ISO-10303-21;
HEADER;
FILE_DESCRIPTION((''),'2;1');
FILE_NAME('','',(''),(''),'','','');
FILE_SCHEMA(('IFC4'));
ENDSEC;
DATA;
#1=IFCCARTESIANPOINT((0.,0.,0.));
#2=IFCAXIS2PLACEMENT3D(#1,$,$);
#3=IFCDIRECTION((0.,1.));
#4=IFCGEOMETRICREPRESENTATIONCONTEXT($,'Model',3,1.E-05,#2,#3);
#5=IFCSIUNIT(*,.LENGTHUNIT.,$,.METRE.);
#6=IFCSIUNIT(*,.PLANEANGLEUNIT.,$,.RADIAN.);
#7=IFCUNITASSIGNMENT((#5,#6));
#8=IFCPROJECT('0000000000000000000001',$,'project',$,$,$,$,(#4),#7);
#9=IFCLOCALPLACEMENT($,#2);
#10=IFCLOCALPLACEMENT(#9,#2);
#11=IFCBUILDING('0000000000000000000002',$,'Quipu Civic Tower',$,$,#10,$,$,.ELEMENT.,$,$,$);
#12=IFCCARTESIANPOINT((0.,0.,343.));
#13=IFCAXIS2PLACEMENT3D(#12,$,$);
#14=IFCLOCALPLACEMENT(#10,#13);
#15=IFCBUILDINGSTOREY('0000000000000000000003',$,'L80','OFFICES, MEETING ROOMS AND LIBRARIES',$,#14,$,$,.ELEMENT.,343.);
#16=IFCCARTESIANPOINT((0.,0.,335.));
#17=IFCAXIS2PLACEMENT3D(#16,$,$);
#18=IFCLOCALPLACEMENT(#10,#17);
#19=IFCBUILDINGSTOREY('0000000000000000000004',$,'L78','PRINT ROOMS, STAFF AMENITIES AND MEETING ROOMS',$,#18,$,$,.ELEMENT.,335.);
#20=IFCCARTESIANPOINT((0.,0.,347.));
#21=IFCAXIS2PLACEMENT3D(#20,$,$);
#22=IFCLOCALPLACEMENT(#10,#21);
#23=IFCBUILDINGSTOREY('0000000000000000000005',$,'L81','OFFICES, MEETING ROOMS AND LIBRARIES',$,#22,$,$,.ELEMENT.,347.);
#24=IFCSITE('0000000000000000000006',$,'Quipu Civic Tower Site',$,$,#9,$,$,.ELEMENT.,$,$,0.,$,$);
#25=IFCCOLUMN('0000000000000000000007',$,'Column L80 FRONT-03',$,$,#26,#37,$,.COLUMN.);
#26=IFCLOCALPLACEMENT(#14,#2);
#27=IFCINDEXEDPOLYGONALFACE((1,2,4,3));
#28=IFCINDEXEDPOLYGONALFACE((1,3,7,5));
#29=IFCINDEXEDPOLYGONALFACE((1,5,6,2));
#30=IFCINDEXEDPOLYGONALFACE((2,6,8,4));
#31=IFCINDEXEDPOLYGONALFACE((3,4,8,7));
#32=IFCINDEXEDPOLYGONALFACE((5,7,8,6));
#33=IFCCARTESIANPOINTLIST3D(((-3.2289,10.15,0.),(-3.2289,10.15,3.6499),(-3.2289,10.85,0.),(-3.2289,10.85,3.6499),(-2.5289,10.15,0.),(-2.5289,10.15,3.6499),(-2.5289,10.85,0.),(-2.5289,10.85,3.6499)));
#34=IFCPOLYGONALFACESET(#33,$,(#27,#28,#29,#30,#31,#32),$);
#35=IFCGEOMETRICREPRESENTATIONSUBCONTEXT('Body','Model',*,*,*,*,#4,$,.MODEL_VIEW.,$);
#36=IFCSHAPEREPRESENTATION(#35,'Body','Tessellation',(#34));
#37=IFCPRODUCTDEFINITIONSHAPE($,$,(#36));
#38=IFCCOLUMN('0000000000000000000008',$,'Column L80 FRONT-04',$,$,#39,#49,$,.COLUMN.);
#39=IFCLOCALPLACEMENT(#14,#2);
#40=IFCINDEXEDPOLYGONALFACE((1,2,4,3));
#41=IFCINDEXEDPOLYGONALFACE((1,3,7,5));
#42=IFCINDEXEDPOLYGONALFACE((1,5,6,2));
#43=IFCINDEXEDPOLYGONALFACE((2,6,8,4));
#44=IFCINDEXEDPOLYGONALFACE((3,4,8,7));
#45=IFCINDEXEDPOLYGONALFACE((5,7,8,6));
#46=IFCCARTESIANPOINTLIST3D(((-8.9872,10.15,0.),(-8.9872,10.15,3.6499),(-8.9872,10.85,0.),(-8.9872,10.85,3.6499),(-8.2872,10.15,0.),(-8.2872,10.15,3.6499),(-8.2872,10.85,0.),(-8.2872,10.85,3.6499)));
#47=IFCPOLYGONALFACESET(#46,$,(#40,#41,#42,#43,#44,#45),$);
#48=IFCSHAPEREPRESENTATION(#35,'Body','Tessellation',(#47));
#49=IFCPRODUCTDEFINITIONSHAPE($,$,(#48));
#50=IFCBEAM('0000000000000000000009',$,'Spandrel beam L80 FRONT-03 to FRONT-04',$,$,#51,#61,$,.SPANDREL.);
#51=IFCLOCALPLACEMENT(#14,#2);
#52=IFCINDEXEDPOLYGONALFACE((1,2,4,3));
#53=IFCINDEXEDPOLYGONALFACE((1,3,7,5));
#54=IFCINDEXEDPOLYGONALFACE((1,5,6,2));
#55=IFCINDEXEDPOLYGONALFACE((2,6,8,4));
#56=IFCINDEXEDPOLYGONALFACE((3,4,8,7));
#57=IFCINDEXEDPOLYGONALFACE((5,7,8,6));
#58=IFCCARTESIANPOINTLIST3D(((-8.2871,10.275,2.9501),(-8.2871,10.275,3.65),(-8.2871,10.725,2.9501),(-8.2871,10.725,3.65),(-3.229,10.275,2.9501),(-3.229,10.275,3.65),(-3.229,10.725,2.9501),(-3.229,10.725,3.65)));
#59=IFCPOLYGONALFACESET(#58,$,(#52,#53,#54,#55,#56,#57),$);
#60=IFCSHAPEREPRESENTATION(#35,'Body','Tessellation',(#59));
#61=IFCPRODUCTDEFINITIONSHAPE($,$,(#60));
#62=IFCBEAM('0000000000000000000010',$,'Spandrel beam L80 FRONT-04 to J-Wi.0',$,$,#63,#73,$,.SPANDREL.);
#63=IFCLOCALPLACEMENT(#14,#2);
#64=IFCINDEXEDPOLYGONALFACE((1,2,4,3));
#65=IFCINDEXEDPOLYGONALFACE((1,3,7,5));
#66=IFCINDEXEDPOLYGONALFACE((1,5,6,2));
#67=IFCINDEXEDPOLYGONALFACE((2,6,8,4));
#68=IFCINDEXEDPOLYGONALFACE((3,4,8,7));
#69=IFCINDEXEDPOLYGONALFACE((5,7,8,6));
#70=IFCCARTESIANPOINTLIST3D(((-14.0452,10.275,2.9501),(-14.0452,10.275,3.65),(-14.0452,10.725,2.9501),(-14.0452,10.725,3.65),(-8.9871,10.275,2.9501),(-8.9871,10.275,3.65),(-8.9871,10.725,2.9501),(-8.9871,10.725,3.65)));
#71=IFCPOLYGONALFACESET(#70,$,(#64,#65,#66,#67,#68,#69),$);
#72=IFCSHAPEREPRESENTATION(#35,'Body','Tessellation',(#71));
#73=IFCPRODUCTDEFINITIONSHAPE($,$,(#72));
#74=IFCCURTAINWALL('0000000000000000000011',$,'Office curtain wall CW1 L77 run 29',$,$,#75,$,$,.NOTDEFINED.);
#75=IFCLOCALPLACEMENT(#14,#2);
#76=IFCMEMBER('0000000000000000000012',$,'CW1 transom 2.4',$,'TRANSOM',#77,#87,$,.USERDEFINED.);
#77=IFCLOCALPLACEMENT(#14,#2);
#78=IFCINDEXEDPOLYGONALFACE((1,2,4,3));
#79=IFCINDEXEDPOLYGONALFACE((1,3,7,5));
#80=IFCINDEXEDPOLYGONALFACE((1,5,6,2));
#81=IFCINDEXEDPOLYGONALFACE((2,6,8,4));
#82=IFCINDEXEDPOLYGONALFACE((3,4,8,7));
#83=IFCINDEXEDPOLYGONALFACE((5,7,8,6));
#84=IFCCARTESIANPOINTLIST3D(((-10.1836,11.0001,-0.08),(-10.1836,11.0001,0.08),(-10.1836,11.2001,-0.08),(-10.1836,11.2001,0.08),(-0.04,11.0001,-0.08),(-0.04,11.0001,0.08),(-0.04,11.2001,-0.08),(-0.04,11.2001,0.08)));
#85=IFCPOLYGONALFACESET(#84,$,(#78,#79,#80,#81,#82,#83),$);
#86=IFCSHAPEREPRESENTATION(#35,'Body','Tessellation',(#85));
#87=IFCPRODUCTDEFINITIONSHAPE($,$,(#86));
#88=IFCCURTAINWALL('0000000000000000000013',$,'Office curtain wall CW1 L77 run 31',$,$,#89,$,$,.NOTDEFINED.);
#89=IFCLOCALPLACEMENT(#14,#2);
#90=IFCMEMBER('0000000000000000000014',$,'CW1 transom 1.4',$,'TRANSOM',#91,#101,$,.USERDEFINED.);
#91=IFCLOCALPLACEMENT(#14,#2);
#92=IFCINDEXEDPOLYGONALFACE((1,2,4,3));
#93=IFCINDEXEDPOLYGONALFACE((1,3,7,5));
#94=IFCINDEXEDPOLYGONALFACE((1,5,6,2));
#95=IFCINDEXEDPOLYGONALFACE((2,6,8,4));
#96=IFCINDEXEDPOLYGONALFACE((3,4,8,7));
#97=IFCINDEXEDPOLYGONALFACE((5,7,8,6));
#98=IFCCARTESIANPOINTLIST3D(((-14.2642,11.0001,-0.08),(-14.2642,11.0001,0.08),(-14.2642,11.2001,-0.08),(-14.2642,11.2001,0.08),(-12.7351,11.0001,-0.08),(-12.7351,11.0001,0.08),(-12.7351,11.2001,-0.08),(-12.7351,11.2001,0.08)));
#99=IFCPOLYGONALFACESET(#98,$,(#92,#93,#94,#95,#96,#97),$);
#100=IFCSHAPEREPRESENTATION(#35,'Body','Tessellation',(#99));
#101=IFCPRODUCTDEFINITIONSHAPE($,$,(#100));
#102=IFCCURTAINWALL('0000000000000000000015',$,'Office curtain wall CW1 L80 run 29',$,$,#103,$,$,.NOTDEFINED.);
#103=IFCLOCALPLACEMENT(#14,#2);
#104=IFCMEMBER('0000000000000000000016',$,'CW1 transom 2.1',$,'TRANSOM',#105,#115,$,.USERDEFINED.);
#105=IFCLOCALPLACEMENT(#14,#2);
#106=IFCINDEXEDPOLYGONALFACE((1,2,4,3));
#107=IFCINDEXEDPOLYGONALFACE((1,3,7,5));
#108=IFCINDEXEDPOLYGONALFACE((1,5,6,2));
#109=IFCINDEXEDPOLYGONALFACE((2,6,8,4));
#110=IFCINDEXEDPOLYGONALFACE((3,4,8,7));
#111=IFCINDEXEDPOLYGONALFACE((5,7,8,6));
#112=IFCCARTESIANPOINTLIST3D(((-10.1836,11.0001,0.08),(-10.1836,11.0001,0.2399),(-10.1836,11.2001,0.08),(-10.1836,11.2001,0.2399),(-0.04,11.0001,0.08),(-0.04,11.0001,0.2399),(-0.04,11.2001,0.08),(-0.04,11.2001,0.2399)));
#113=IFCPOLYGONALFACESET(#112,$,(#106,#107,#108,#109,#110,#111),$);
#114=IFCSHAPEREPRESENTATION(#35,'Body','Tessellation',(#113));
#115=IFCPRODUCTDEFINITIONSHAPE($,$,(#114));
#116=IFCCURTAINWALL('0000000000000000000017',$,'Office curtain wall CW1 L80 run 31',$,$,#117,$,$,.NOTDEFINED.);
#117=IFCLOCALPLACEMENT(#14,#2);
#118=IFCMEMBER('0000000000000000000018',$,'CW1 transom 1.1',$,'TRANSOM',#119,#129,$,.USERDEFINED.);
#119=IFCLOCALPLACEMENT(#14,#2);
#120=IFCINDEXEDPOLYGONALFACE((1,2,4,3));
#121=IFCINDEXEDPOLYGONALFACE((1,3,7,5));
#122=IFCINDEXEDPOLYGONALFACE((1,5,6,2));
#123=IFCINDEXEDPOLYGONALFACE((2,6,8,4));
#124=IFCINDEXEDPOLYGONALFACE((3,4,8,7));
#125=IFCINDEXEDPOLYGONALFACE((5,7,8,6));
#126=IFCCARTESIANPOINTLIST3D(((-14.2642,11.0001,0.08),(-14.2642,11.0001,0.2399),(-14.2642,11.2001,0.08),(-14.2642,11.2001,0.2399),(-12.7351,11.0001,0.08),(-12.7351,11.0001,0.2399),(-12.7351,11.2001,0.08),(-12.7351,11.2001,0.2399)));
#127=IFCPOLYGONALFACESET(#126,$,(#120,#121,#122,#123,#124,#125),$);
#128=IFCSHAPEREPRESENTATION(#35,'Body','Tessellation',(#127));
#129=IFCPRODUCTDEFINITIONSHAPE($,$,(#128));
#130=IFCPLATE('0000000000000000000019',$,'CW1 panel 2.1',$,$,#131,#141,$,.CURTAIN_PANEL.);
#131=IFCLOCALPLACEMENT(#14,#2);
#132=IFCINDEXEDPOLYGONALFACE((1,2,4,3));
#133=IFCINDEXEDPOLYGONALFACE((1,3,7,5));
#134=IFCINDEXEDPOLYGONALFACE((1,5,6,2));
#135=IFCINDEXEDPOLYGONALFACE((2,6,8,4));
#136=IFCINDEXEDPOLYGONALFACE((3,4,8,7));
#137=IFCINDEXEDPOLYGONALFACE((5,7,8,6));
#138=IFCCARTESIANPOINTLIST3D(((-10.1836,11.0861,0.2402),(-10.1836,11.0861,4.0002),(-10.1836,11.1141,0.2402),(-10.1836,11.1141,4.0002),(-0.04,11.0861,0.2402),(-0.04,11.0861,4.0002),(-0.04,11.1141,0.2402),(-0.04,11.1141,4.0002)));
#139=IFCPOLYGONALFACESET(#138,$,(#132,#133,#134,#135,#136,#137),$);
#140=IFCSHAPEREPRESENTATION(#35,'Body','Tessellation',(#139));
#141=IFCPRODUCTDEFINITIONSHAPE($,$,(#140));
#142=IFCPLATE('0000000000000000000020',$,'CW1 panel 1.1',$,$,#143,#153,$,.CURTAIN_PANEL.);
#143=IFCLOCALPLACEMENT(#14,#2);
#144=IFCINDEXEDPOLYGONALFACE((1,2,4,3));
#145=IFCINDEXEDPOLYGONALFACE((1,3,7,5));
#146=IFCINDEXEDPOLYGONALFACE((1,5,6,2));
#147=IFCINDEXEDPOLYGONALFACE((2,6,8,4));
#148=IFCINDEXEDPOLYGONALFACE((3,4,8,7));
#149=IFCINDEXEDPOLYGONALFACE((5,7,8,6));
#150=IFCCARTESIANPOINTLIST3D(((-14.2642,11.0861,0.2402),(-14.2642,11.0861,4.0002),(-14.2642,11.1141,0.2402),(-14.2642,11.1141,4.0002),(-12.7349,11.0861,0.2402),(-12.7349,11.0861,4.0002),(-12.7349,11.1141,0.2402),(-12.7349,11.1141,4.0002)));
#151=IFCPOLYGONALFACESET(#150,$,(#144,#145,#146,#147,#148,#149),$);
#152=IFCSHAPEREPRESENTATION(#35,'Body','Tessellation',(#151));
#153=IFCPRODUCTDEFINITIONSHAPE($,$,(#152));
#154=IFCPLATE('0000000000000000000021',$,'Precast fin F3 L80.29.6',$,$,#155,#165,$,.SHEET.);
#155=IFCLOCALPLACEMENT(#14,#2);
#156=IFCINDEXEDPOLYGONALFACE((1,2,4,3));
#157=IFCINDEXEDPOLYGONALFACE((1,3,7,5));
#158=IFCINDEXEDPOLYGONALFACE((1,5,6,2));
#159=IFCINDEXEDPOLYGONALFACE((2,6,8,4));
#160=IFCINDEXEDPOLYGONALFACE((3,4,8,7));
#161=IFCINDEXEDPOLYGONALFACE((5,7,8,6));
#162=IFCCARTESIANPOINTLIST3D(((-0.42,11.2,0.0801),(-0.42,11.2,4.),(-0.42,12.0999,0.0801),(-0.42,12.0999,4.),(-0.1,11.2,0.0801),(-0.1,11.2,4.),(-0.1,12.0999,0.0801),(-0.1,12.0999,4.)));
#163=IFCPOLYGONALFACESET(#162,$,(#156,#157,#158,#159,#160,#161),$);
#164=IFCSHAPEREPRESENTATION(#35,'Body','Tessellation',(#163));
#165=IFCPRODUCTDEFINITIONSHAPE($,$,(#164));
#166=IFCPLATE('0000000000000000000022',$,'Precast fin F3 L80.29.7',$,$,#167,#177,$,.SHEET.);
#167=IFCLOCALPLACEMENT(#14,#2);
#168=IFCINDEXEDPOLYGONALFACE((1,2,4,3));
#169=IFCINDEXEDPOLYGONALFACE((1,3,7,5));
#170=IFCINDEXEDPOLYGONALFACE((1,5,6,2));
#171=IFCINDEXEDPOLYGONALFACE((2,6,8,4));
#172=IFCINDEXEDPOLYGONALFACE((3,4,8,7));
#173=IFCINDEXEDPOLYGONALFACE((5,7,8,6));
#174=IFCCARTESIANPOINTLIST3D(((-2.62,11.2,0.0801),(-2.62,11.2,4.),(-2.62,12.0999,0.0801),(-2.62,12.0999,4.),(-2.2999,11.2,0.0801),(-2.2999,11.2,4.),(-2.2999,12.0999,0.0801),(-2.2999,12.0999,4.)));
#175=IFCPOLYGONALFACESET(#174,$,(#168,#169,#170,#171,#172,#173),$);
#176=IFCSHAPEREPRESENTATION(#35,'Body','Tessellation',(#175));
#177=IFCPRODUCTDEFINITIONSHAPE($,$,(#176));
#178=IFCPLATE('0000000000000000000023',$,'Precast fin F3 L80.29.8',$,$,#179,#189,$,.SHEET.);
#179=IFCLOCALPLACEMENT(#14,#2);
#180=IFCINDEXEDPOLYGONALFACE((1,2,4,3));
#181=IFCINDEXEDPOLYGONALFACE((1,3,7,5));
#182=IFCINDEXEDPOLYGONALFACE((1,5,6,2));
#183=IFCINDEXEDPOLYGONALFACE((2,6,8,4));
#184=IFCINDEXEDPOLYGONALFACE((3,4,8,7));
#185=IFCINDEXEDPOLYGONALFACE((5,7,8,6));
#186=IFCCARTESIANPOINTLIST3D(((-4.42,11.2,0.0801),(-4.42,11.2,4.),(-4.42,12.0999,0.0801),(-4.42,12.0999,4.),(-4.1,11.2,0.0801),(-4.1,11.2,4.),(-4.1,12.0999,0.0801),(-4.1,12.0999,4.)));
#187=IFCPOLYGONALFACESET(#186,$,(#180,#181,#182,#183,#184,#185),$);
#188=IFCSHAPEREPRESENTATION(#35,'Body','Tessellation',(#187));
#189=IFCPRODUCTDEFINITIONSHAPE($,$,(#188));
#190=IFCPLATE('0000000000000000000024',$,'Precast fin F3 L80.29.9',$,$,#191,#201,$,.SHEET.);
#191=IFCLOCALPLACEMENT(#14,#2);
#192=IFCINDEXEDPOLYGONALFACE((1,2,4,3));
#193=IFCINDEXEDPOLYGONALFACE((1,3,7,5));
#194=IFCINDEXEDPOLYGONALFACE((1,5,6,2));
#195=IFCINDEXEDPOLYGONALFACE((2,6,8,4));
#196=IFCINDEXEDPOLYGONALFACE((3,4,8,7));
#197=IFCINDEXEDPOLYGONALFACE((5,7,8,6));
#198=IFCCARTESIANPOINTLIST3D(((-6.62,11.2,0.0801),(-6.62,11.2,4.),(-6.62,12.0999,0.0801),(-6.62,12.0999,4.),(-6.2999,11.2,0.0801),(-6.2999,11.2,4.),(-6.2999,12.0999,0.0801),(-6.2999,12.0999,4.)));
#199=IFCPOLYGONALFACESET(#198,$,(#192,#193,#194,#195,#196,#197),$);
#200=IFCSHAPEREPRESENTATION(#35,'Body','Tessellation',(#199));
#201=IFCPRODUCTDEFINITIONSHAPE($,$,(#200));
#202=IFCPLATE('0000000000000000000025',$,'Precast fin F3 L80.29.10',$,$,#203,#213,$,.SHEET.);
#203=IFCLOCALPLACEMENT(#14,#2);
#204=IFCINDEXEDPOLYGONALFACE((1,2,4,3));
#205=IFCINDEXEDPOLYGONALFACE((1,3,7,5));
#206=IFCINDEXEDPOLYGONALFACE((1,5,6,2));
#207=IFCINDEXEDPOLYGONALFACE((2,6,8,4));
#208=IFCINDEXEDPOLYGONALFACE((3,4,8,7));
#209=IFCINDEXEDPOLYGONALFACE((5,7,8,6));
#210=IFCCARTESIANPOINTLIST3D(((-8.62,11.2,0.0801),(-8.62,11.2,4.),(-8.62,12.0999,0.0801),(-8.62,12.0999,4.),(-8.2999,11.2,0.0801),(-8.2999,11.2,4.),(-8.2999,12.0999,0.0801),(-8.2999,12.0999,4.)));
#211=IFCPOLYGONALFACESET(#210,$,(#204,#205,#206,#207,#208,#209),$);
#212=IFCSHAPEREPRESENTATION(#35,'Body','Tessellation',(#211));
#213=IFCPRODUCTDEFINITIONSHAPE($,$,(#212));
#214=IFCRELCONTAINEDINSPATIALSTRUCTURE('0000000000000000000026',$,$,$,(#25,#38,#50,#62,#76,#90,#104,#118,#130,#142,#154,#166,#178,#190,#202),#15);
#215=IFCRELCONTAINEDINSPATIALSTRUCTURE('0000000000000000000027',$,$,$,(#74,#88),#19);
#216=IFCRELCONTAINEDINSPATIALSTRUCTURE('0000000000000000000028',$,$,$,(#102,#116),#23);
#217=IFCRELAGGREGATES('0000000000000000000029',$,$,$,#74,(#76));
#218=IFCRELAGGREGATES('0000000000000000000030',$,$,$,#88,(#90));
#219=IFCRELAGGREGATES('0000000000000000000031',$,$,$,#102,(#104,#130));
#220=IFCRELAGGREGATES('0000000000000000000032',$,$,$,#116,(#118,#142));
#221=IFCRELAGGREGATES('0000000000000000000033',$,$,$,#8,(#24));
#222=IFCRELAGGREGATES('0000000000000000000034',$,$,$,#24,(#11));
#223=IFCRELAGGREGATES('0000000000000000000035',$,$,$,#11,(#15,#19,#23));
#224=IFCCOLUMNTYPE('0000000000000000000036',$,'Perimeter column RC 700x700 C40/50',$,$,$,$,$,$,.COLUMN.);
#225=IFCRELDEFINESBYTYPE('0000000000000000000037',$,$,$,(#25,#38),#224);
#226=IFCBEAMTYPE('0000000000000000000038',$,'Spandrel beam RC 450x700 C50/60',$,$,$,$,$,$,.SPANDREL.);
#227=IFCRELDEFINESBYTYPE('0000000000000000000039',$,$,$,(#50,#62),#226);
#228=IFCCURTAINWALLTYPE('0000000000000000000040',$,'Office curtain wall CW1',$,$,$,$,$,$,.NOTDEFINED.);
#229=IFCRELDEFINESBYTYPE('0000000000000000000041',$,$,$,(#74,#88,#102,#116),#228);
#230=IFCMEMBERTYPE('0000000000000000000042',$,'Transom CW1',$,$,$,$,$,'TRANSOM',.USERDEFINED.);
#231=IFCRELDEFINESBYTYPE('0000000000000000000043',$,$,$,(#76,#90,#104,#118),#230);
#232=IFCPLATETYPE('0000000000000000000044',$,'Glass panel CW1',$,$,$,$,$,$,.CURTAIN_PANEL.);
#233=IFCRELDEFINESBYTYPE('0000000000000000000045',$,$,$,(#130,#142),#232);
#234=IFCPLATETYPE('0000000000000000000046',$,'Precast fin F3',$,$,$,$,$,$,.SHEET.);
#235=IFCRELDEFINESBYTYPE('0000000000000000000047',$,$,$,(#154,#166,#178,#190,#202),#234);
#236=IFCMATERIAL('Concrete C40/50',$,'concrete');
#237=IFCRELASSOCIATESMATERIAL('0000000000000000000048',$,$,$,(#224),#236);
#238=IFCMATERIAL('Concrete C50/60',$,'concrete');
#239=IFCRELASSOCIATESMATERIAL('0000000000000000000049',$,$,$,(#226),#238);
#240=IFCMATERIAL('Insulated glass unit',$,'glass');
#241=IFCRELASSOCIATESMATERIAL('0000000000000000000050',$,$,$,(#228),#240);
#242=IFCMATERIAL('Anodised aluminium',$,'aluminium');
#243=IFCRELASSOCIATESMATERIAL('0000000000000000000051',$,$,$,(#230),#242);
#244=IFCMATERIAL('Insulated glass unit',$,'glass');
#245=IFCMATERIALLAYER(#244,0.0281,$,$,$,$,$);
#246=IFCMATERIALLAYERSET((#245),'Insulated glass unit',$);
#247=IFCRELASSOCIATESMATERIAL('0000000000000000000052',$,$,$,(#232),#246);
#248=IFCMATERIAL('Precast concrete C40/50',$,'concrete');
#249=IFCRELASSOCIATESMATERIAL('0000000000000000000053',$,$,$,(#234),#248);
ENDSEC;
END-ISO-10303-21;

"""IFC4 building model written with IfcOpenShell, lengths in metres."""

from ifc_helpers import new_model, si_unit, direction, frame, origin, origin_2d, place, context, subcontext, project, spatial, rectangle, extrude, material, layer, layer_set, material_profile, profile_set, type_object, element, aggregate, save


model = new_model("IFC4")

# Units and contexts
model_context = context("Model", 3, precision=1e-05, world=origin(), true_north=direction((0.0, 1.0)))
body_context = subcontext(model_context, "Body", "Model", "MODEL_VIEW")
ifc_project = project(units=[si_unit("LENGTHUNIT", "METRE"), si_unit("PLANEANGLEUNIT", "RADIAN")], contexts=[model_context])

# Site, building, storey
site_placement = place(None, origin())
site = spatial("IfcSite", under=ifc_project, at=site_placement, Name="Quipu Civic Tower Site", CompositionType="ELEMENT", RefElevation=0.0)
building_placement = place(site_placement, origin())
building = spatial("IfcBuilding", under=site, at=building_placement, Name="Quipu Civic Tower", CompositionType="ELEMENT")
storey_1_placement = place(building_placement, frame((0.0, 0.0, 343.0)))
storey_1 = spatial("IfcBuildingStorey", under=building, at=storey_1_placement, Name="L80", Description="OFFICES, MEETING ROOMS AND LIBRARIES", CompositionType="ELEMENT", Elevation=343.0)

# Columns
ifc_material_1 = material(Name="Concrete C40/50", Category="concrete")
ifc_material_profile_1 = material_profile(ifc_material_1, rectangle(XDim=0.7, YDim=0.7, at=origin_2d()), Name="RC700x700")
ifc_profile_set_1 = profile_set([ifc_material_profile_1], Name="Concrete C40/50")
column_type = type_object("IfcColumnType", Name="Perimeter column RC 700x700 C40/50", PredefinedType="COLUMN", material=ifc_profile_set_1)
for number, where, z_axis, x_axis, name in (
    (1, (-2.8789, 10.5, 0.0), (0.0, 0.0, 1.0), (-1.0, 0.0, 0.0), "Column L80 FRONT-03"),
    (2, (-8.6372, 10.5, 0.0), (0.0, 0.0, 1.0), (-1.0, 0.0, 0.0), "Column L80 FRONT-04"),
):
    element("IfcColumn", number, at=place(storey_1_placement, frame(where, z_axis=z_axis, x_axis=x_axis)), inside=storey_1, type_object=column_type, Name=name, PredefinedType="COLUMN", context=body_context, shape_type="SweptSolid", body=[
        extrude(rectangle(XDim=0.7, YDim=0.7, at=origin_2d()), origin(), (0.0, 0.0, 1.0), 3.6499),
    ])

# Beams
ifc_material_2 = material(Name="Concrete C50/60", Category="concrete")
ifc_material_profile_2 = material_profile(ifc_material_2, rectangle(XDim=0.45, YDim=0.7, at=origin_2d()), Name="RC450x700")
ifc_profile_set_2 = profile_set([ifc_material_profile_2], Name="Concrete C50/60")
beam_type = type_object("IfcBeamType", Name="Spandrel beam RC 450x700 C50/60", PredefinedType="SPANDREL", material=ifc_profile_set_2)
for number, where, z_axis, x_axis, name in (
    (3, (-3.229, 10.5, 3.3), (-1.0, 0.0, 0.0), (0.0, -1.0, 0.0), "Spandrel beam L80 FRONT-03 to FRONT-04"),
    (4, (-8.9871, 10.5, 3.3), (-1.0, 0.0, 0.0), (0.0, -1.0, 0.0), "Spandrel beam L80 FRONT-04 to J-Wi.0"),
):
    element("IfcBeam", number, at=place(storey_1_placement, frame(where, z_axis=z_axis, x_axis=x_axis)), inside=storey_1, type_object=beam_type, Name=name, PredefinedType="SPANDREL", context=body_context, shape_type="SweptSolid", body=[
        extrude(rectangle(XDim=0.45, YDim=0.7, at=origin_2d()), origin(), (0.0, 0.0, 1.0), 5.0581),
    ])

# Shared definitions
storey_2_placement = place(building_placement, frame((0.0, 0.0, 335.0)))
storey_2 = spatial("IfcBuildingStorey", under=building, at=storey_2_placement, Name="L78", Description="PRINT ROOMS, STAFF AMENITIES AND MEETING ROOMS", CompositionType="ELEMENT", Elevation=335.0)

# Curtain walls, members
ifc_material_3 = material(Name="Insulated glass unit", Category="glass")
curtain_wall_type = type_object("IfcCurtainWallType", Name="Office curtain wall CW1", PredefinedType="NOTDEFINED", material=ifc_material_3)
curtain_wall_1_placement = place(storey_2_placement, origin())
curtain_wall_1 = element("IfcCurtainWall", 5, at=curtain_wall_1_placement, inside=storey_2, type_object=curtain_wall_type, Name="Office curtain wall CW1 L77 run 29", PredefinedType="NOTDEFINED")
ifc_material_4 = material(Name="Anodised aluminium", Category="aluminium")
ifc_material_profile_3 = material_profile(ifc_material_4, rectangle(XDim=0.2, YDim=0.1599, at=origin_2d()), Name="RECT 200x160")
ifc_profile_set_3 = profile_set([ifc_material_profile_3], Name="Anodised aluminium")
member_type = type_object("IfcMemberType", Name="Transom CW1", ElementType="TRANSOM", PredefinedType="USERDEFINED", material=ifc_profile_set_3)
member_1_placement = place(storey_1_placement, frame((-0.04, 11.1001, 0.0), z_axis=(-1.0, 0.0, 0.0), x_axis=(0.0, -1.0, 0.0)))
member_1 = element("IfcMember", 6, at=member_1_placement, inside=storey_1, type_object=member_type, Name="CW1 transom 2.4", ObjectType="TRANSOM", PredefinedType="USERDEFINED", context=body_context, shape_type="SweptSolid", body=[
    extrude(rectangle(XDim=0.2, YDim=0.1599, at=origin_2d()), origin(), (0.0, 0.0, 1.0), 10.1436),
])
aggregate(curtain_wall_1, [member_1])
curtain_wall_2_placement = place(storey_2_placement, origin())
curtain_wall_2 = element("IfcCurtainWall", 7, at=curtain_wall_2_placement, inside=storey_2, type_object=curtain_wall_type, Name="Office curtain wall CW1 L77 run 31", PredefinedType="NOTDEFINED")
member_2_placement = place(storey_1_placement, frame((-12.7351, 11.1001, 0.0), z_axis=(-1.0, 0.0, 0.0), x_axis=(0.0, -1.0, 0.0)))
member_2 = element("IfcMember", 8, at=member_2_placement, inside=storey_1, type_object=member_type, Name="CW1 transom 1.4", ObjectType="TRANSOM", PredefinedType="USERDEFINED", context=body_context, shape_type="SweptSolid", body=[
    extrude(rectangle(XDim=0.2, YDim=0.1599, at=origin_2d()), origin(), (0.0, 0.0, 1.0), 1.5291),
])
aggregate(curtain_wall_2, [member_2])

# Shared definitions
storey_3_placement = place(building_placement, frame((0.0, 0.0, 347.0)))
storey_3 = spatial("IfcBuildingStorey", under=building, at=storey_3_placement, Name="L81", Description="OFFICES, MEETING ROOMS AND LIBRARIES", CompositionType="ELEMENT", Elevation=347.0)

# Curtain walls, members
curtain_wall_3_placement = place(storey_3_placement, origin())
curtain_wall_3 = element("IfcCurtainWall", 9, at=curtain_wall_3_placement, inside=storey_3, type_object=curtain_wall_type, Name="Office curtain wall CW1 L80 run 29", PredefinedType="NOTDEFINED")
member_3_placement = place(storey_1_placement, frame((-0.04, 11.1001, 0.1599), z_axis=(-1.0, 0.0, 0.0), x_axis=(0.0, -1.0, 0.0)))
member_3 = element("IfcMember", 10, at=member_3_placement, inside=storey_1, type_object=member_type, Name="CW1 transom 2.1", ObjectType="TRANSOM", PredefinedType="USERDEFINED", context=body_context, shape_type="SweptSolid", body=[
    extrude(rectangle(XDim=0.2, YDim=0.1599, at=origin_2d()), origin(), (0.0, 0.0, 1.0), 10.1436),
])
curtain_wall_4_placement = place(storey_3_placement, origin())
curtain_wall_4 = element("IfcCurtainWall", 11, at=curtain_wall_4_placement, inside=storey_3, type_object=curtain_wall_type, Name="Office curtain wall CW1 L80 run 31", PredefinedType="NOTDEFINED")
member_4_placement = place(storey_1_placement, frame((-12.7351, 11.1001, 0.1599), z_axis=(-1.0, 0.0, 0.0), x_axis=(0.0, -1.0, 0.0)))
member_4 = element("IfcMember", 12, at=member_4_placement, inside=storey_1, type_object=member_type, Name="CW1 transom 1.1", ObjectType="TRANSOM", PredefinedType="USERDEFINED", context=body_context, shape_type="SweptSolid", body=[
    extrude(rectangle(XDim=0.2, YDim=0.1599, at=origin_2d()), origin(), (0.0, 0.0, 1.0), 1.5291),
])

# Plates
ifc_material_5 = material(Name="Insulated glass unit", Category="glass")
ifc_layer_1 = layer(ifc_material_5, 0.0281)
ifc_layer_set_1 = layer_set([ifc_layer_1], Name="Insulated glass unit")
plate_type_1 = type_object("IfcPlateType", Name="Glass panel CW1", PredefinedType="CURTAIN_PANEL", material=ifc_layer_set_1)
plate_1_placement = place(storey_1_placement, frame((-5.1118, 11.1001, 0.2402), z_axis=(0.0, 0.0, 1.0), x_axis=(-1.0, 0.0, 0.0)))
plate_1 = element("IfcPlate", 13, at=plate_1_placement, inside=storey_1, type_object=plate_type_1, Name="CW1 panel 2.1", PredefinedType="CURTAIN_PANEL", context=body_context, shape_type="SweptSolid", body=[
    extrude(rectangle(XDim=10.1436, YDim=0.0281, at=origin_2d()), origin(), (0.0, 0.0, 1.0), 3.76),
])
aggregate(curtain_wall_3, [member_3, plate_1])
plate_2_placement = place(storey_1_placement, frame((-13.4995, 11.1001, 0.2402), z_axis=(0.0, 0.0, 1.0), x_axis=(-1.0, 0.0, 0.0)))
plate_2 = element("IfcPlate", 14, at=plate_2_placement, inside=storey_1, type_object=plate_type_1, Name="CW1 panel 1.1", PredefinedType="CURTAIN_PANEL", context=body_context, shape_type="SweptSolid", body=[
    extrude(rectangle(XDim=1.5293, YDim=0.0281, at=origin_2d()), origin(), (0.0, 0.0, 1.0), 3.76),
])
aggregate(curtain_wall_4, [member_4, plate_2])

# Plates
ifc_material_6 = material(Name="Precast concrete C40/50", Category="concrete")
plate_type_2 = type_object("IfcPlateType", Name="Precast fin F3", PredefinedType="SHEET", material=ifc_material_6)
for number, where, z_axis, x_axis, name in (
    (15, (-0.26, 11.6499, 0.0801), (0.0, 0.0, 1.0), (-1.0, 0.0, 0.0), "Precast fin F3 L80.29.6"),
    (16, (-2.46, 11.6499, 0.0801), (0.0, 0.0, 1.0), (-1.0, 0.0, 0.0), "Precast fin F3 L80.29.7"),
    (17, (-4.26, 11.6499, 0.0801), (0.0, 0.0, 1.0), (-1.0, 0.0, 0.0), "Precast fin F3 L80.29.8"),
    (18, (-6.46, 11.6499, 0.0801), (0.0, 0.0, 1.0), (-1.0, 0.0, 0.0), "Precast fin F3 L80.29.9"),
    (19, (-8.46, 11.6499, 0.0801), (0.0, 0.0, 1.0), (-1.0, 0.0, 0.0), "Precast fin F3 L80.29.10"),
):
    element("IfcPlate", number, at=place(storey_1_placement, frame(where, z_axis=z_axis, x_axis=x_axis)), inside=storey_1, type_object=plate_type_2, Name=name, PredefinedType="SHEET", context=body_context, shape_type="SweptSolid", body=[
        extrude(rectangle(XDim=0.3201, YDim=0.8999, at=origin_2d()), origin(), (0.0, 0.0, 1.0), 3.9199),
    ])

save(model, "model.ifc")
